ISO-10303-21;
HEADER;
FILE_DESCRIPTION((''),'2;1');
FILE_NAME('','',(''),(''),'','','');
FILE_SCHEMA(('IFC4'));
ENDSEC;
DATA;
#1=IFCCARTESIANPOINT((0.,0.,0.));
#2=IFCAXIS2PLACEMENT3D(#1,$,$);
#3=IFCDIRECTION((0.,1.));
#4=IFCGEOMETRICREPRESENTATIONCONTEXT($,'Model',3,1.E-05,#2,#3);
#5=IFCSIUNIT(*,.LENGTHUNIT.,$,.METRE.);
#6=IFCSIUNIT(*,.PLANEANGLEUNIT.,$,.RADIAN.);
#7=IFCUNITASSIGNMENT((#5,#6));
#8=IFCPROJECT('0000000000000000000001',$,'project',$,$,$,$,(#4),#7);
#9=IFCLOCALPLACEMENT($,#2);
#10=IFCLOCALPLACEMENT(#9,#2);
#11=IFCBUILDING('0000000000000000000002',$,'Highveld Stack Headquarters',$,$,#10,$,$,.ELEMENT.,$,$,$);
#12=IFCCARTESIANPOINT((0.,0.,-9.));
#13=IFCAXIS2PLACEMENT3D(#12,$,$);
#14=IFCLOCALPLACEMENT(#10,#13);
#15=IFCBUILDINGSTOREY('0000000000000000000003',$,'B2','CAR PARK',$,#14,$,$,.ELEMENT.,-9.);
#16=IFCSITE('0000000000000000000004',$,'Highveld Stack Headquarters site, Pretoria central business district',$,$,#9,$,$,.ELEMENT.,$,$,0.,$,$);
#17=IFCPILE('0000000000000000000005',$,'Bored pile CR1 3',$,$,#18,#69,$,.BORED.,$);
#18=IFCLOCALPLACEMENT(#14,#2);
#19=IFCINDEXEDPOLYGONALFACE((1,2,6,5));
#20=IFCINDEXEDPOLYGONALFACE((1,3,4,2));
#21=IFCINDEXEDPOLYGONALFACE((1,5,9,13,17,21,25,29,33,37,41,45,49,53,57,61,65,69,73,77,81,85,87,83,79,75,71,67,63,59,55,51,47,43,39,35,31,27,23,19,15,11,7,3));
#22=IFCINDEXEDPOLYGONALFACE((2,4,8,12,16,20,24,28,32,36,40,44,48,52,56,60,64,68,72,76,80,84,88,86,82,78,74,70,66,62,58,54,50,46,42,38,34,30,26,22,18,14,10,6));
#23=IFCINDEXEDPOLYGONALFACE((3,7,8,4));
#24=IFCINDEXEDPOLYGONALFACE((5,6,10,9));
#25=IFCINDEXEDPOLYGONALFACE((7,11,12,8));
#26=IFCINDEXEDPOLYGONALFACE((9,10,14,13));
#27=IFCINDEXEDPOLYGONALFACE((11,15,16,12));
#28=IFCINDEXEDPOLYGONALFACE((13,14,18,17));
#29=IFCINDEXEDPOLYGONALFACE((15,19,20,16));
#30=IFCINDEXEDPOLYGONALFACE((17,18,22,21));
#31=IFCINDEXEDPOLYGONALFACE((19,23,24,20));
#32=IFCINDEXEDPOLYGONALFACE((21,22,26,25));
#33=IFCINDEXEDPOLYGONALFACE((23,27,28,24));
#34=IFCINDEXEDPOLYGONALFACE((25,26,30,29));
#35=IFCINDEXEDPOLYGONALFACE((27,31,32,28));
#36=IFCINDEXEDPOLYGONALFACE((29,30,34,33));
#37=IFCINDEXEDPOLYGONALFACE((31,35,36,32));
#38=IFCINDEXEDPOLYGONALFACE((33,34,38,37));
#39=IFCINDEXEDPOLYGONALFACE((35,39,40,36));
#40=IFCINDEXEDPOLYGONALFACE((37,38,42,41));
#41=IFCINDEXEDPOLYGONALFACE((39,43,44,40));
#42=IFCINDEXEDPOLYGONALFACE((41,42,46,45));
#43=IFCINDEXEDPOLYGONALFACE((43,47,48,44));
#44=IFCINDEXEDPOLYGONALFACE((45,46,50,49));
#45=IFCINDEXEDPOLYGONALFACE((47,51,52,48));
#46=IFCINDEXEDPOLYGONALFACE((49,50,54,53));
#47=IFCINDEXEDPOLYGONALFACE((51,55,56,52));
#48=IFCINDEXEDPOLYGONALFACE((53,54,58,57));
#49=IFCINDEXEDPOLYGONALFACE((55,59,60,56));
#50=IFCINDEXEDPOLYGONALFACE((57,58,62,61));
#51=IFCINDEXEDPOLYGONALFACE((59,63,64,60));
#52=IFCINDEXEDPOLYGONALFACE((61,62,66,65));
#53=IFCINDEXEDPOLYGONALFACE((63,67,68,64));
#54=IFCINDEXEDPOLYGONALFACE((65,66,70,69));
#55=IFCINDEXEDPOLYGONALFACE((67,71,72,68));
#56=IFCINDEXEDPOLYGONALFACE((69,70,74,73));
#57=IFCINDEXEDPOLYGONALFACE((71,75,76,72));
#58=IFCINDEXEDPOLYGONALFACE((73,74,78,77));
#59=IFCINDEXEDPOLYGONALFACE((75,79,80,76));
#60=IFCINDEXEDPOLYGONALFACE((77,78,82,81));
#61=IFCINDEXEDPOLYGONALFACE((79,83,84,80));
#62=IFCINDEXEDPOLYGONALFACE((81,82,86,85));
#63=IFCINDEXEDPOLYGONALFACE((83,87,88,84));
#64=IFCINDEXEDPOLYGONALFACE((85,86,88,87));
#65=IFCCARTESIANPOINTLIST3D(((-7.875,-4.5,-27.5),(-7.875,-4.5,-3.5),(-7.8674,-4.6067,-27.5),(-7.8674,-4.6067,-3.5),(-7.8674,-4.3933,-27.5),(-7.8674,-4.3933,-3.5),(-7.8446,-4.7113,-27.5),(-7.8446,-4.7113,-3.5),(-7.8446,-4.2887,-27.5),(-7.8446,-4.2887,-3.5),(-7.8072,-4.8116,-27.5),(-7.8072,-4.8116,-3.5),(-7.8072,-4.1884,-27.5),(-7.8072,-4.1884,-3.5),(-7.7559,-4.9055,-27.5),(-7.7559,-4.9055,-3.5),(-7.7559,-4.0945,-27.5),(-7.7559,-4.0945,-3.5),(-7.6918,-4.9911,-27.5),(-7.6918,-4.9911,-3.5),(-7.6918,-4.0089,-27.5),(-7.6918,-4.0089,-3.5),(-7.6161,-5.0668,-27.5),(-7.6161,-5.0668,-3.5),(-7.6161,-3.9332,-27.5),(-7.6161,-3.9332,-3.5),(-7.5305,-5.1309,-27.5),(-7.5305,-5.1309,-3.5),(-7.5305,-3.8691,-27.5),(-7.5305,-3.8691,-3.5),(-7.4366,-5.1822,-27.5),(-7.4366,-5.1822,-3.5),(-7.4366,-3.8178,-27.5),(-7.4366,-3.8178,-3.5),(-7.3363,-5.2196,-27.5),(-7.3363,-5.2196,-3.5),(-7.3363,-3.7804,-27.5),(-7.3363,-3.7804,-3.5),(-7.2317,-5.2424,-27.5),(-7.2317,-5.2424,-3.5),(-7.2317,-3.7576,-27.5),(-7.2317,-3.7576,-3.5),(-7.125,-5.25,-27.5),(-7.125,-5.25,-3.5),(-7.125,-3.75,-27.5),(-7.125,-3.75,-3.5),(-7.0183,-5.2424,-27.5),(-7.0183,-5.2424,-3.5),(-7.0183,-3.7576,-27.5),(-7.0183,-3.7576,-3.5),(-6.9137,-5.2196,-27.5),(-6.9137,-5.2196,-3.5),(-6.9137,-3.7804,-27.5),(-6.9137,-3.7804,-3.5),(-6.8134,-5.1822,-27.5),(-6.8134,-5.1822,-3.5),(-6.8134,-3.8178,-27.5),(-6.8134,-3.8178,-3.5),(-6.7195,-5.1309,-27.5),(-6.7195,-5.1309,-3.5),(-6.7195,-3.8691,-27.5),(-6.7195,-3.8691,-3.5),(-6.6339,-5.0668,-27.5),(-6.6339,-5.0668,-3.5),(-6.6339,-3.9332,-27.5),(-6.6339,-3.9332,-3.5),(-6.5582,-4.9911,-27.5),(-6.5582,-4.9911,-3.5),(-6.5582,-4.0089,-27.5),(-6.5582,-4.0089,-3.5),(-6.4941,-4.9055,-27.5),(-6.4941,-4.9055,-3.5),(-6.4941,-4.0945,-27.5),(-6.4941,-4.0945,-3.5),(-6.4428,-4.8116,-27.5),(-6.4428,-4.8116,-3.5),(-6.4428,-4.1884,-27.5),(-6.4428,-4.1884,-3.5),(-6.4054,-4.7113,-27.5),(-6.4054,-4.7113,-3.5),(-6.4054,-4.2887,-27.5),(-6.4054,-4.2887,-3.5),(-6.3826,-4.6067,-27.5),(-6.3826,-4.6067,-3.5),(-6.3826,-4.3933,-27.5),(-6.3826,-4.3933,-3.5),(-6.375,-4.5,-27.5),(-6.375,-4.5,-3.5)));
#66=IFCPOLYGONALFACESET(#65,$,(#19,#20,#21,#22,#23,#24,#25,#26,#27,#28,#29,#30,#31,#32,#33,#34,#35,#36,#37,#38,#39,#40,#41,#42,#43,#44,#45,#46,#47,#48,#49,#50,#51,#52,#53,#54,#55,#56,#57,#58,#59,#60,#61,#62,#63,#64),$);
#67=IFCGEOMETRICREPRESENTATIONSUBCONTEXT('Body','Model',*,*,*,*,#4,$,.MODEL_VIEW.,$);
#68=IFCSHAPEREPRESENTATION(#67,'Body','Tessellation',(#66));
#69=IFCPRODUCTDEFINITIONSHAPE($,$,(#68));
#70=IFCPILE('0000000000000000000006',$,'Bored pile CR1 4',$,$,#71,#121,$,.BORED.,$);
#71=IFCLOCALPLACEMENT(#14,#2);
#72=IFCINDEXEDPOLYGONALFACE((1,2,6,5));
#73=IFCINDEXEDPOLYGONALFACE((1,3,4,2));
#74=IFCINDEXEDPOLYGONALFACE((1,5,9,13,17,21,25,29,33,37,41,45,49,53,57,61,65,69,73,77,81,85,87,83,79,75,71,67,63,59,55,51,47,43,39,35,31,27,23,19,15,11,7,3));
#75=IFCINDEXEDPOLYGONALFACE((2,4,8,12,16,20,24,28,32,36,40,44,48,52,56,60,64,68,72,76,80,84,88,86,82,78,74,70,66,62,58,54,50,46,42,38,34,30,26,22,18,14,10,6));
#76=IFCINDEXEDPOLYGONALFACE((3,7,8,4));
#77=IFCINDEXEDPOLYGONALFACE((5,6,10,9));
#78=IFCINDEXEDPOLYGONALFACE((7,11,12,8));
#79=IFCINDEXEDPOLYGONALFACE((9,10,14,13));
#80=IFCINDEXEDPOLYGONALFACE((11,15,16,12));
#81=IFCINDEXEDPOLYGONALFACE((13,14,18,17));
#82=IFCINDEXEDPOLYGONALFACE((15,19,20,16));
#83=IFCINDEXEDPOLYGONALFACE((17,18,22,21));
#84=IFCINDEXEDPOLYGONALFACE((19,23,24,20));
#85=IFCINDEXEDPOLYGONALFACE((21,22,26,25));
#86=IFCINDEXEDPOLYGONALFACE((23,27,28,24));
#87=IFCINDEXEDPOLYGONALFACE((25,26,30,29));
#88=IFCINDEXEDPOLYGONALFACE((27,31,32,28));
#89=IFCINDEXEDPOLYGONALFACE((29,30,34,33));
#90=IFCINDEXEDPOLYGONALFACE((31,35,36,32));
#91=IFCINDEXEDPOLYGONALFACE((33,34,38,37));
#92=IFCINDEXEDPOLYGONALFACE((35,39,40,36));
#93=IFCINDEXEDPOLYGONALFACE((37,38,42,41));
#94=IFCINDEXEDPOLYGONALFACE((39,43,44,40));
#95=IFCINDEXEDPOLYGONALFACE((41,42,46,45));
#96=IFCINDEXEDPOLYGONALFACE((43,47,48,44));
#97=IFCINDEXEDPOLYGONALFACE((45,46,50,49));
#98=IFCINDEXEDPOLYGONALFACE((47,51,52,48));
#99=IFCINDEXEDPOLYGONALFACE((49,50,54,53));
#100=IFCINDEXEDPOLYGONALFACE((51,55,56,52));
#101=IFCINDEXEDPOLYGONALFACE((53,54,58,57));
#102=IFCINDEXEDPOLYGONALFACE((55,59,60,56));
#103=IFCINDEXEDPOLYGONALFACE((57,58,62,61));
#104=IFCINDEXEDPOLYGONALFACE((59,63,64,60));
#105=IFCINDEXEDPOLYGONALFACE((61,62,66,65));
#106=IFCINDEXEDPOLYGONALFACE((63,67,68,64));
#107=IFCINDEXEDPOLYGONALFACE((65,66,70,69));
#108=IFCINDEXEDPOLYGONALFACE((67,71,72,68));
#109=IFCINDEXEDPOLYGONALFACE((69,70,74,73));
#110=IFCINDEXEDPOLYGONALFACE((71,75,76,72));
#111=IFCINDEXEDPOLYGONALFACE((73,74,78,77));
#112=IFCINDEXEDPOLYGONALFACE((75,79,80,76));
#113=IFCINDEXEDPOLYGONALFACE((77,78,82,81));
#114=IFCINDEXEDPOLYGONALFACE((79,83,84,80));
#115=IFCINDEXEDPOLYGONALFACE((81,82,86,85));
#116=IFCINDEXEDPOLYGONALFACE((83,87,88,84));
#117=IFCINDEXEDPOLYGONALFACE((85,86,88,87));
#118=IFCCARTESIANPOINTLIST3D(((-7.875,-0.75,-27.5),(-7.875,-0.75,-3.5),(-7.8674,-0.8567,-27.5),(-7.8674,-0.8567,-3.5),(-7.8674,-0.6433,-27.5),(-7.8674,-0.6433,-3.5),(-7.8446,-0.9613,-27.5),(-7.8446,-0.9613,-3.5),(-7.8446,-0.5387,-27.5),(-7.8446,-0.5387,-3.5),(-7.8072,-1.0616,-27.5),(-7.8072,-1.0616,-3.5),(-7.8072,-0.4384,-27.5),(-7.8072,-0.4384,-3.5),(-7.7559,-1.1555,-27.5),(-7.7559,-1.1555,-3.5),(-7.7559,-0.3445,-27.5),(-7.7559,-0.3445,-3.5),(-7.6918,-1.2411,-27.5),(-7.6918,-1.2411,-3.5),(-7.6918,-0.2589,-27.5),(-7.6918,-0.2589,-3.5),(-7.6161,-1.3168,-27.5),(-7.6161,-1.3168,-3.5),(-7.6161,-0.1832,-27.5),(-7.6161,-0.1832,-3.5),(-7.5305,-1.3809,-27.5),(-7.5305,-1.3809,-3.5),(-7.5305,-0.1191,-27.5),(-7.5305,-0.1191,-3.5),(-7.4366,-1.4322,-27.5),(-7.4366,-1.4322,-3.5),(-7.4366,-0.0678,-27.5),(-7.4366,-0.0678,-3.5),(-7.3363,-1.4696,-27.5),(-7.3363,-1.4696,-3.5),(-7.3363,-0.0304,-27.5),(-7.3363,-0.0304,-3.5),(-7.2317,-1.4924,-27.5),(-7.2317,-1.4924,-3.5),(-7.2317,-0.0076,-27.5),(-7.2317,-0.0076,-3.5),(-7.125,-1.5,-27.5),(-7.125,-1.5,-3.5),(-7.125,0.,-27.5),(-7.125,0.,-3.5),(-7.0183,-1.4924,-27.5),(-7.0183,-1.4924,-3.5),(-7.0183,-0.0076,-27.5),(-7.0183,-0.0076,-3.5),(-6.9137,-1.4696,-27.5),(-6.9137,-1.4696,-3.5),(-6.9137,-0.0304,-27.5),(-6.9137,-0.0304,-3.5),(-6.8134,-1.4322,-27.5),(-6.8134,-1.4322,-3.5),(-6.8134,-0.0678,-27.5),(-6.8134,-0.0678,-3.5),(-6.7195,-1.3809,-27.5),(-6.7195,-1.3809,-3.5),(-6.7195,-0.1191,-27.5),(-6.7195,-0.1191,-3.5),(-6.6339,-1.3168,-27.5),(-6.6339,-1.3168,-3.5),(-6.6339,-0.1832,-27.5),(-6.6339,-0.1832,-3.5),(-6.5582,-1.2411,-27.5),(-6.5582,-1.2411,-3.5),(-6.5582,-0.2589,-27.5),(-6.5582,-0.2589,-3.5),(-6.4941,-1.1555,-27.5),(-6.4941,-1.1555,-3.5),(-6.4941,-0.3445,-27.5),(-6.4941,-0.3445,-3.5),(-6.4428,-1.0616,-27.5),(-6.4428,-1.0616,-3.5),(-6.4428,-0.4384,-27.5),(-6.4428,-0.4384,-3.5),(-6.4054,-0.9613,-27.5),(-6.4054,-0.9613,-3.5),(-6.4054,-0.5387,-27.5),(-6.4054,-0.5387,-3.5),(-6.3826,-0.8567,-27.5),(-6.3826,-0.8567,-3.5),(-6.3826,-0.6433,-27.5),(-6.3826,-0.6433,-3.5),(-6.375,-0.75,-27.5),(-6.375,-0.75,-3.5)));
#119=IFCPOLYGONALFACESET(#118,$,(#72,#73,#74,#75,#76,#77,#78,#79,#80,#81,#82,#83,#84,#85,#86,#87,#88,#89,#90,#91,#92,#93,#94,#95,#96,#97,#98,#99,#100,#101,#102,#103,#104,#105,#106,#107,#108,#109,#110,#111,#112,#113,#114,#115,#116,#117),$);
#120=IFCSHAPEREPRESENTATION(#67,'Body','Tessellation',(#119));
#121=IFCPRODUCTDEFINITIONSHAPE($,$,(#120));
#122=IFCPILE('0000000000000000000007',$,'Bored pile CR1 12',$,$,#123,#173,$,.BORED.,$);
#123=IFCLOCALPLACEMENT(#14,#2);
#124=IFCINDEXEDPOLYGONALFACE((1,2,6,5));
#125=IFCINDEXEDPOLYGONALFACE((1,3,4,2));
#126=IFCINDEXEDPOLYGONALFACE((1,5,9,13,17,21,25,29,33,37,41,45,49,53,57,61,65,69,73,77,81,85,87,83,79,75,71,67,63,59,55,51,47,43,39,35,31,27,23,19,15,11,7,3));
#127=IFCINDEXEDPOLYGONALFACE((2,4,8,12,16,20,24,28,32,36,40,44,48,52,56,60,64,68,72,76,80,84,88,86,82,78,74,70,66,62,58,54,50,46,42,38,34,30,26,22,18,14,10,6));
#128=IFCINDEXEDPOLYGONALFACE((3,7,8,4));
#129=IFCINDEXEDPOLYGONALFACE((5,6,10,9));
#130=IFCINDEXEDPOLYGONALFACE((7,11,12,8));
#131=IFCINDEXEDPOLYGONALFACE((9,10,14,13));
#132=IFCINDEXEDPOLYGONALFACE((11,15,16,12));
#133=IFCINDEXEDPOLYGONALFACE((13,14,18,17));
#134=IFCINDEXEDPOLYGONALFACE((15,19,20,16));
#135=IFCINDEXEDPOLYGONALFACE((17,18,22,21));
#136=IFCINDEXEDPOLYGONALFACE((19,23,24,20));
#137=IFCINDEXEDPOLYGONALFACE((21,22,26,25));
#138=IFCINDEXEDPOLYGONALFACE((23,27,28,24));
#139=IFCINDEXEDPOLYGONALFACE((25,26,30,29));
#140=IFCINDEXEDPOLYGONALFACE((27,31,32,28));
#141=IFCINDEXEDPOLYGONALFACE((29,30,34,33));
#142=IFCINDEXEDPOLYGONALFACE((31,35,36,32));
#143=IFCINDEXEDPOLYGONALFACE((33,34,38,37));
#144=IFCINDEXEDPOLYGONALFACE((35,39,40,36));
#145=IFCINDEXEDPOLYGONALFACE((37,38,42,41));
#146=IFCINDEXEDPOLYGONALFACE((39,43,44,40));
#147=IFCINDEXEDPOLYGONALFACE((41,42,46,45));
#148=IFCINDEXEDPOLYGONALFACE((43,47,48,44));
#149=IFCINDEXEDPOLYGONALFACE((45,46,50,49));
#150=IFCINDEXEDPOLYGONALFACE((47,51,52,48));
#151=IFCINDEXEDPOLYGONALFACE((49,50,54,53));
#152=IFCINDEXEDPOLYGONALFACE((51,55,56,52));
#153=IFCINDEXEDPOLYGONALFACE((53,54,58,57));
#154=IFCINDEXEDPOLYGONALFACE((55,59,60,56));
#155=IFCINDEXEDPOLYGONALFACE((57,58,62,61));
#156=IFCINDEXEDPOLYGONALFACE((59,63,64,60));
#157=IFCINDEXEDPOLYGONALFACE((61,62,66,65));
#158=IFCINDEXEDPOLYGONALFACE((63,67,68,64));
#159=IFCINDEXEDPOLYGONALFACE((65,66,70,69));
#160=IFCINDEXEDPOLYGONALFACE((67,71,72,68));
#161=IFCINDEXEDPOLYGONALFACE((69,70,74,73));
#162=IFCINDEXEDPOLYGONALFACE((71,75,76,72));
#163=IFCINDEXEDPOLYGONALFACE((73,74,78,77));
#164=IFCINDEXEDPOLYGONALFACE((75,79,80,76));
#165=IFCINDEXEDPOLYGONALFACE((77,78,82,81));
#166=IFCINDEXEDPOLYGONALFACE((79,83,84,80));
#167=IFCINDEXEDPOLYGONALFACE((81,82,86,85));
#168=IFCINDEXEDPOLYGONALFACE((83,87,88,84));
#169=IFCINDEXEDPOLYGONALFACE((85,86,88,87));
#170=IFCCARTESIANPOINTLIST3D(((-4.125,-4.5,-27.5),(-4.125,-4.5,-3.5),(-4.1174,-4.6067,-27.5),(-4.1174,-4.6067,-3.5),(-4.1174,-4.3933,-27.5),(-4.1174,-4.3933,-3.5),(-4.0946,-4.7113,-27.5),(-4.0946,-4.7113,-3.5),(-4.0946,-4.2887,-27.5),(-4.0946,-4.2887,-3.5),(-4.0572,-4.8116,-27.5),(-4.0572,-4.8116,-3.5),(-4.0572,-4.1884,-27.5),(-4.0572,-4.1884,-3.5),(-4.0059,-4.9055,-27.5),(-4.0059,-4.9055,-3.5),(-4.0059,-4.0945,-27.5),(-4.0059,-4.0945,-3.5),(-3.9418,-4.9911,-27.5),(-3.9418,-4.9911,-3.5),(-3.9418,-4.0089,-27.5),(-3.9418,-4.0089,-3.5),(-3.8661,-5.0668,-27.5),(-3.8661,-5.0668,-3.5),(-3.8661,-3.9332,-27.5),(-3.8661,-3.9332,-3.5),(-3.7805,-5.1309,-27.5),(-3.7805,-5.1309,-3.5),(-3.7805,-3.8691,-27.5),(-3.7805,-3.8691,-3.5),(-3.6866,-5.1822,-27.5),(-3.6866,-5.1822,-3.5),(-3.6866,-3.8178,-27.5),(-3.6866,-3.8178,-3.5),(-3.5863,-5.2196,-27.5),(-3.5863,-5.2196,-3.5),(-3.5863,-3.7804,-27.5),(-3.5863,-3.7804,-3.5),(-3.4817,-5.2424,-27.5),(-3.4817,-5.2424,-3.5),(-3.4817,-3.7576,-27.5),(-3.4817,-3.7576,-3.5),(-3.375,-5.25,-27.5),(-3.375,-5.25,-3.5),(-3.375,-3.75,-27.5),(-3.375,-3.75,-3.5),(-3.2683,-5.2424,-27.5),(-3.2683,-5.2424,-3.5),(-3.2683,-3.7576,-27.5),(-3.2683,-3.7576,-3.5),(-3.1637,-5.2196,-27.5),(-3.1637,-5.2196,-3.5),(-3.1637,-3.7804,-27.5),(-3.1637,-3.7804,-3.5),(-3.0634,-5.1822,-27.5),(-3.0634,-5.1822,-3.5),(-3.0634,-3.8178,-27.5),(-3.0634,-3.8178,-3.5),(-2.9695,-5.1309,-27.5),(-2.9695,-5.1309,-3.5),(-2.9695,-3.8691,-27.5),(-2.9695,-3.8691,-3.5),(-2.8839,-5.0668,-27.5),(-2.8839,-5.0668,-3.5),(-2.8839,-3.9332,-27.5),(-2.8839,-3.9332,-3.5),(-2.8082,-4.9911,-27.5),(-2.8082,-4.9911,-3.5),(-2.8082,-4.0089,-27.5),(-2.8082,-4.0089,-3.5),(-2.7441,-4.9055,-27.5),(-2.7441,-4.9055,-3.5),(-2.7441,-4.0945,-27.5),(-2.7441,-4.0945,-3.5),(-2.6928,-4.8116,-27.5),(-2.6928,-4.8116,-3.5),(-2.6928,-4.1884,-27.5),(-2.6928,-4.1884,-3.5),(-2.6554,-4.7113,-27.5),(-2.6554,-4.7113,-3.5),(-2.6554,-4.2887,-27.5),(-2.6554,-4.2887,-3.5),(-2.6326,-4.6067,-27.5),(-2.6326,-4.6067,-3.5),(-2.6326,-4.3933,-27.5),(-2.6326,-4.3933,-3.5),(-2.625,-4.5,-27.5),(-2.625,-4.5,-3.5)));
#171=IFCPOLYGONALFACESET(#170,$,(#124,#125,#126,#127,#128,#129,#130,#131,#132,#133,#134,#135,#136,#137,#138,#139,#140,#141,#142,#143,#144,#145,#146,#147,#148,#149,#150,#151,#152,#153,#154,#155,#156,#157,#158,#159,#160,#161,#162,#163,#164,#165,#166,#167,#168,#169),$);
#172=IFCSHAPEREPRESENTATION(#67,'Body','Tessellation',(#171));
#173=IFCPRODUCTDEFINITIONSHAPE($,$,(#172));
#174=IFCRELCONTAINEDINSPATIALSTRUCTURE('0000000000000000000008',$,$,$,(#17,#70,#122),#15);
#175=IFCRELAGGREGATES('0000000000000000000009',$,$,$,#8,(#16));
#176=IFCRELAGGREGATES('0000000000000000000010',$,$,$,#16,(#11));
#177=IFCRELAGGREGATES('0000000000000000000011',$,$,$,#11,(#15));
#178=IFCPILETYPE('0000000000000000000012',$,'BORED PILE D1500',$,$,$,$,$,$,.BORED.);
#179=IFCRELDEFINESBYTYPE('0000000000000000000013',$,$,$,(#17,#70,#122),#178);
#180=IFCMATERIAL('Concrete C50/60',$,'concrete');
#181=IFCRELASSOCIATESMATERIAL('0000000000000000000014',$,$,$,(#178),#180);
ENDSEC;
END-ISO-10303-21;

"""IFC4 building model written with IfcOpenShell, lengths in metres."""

from ifc_helpers import new_model, si_unit, direction, frame, origin, origin_2d, place, context, subcontext, project, spatial, circle, extrude, material, type_object, element, save


model = new_model("IFC4")

# Units and contexts
model_context = context("Model", 3, precision=1e-05, world=origin(), true_north=direction((0.0, 1.0)))
body_context = subcontext(model_context, "Body", "Model", "MODEL_VIEW")
ifc_project = project(units=[si_unit("LENGTHUNIT", "METRE"), si_unit("PLANEANGLEUNIT", "RADIAN")], contexts=[model_context])

# Site, building, storey
site_placement = place(None, origin())
site = spatial("IfcSite", under=ifc_project, at=site_placement, Name="Highveld Stack Headquarters site, Pretoria central business district", CompositionType="ELEMENT", RefElevation=0.0)
building_placement = place(site_placement, origin())
building = spatial("IfcBuilding", under=site, at=building_placement, Name="Highveld Stack Headquarters", CompositionType="ELEMENT")
storey_placement = place(building_placement, frame((0.0, 0.0, -9.0)))
storey = spatial("IfcBuildingStorey", under=building, at=storey_placement, Name="B2", Description="CAR PARK", CompositionType="ELEMENT", Elevation=-9.0)

# Piles
ifc_material_1 = material(Name="Concrete C50/60", Category="concrete")
pile_type_1 = type_object("IfcPileType", Name="BORED PILE D1500", PredefinedType="BORED", material=ifc_material_1)
for number, where, z_axis, x_axis, name in (
    (1, (-7.125, -4.5, -3.5), (0.0, 0.0, -1.0), (1.0, 0.0, 0.0), "Bored pile CR1 3"),
    (2, (-7.125, -0.75, -3.5), (0.0, 0.0, -1.0), (1.0, 0.0, 0.0), "Bored pile CR1 4"),
    (3, (-3.375, -4.5, -3.5), (0.0, 0.0, -1.0), (1.0, 0.0, 0.0), "Bored pile CR1 12"),
):
    element("IfcPile", number, at=place(storey_placement, frame(where, z_axis=z_axis, x_axis=x_axis)), inside=storey, type_object=pile_type_1, Name=name, PredefinedType="BORED", context=body_context, shape_type="SweptSolid", body=[
        extrude(circle(Radius=0.75, at=origin_2d()), origin(), (0.0, 0.0, 1.0), 24.0),
    ])

save(model, "model.ifc")
